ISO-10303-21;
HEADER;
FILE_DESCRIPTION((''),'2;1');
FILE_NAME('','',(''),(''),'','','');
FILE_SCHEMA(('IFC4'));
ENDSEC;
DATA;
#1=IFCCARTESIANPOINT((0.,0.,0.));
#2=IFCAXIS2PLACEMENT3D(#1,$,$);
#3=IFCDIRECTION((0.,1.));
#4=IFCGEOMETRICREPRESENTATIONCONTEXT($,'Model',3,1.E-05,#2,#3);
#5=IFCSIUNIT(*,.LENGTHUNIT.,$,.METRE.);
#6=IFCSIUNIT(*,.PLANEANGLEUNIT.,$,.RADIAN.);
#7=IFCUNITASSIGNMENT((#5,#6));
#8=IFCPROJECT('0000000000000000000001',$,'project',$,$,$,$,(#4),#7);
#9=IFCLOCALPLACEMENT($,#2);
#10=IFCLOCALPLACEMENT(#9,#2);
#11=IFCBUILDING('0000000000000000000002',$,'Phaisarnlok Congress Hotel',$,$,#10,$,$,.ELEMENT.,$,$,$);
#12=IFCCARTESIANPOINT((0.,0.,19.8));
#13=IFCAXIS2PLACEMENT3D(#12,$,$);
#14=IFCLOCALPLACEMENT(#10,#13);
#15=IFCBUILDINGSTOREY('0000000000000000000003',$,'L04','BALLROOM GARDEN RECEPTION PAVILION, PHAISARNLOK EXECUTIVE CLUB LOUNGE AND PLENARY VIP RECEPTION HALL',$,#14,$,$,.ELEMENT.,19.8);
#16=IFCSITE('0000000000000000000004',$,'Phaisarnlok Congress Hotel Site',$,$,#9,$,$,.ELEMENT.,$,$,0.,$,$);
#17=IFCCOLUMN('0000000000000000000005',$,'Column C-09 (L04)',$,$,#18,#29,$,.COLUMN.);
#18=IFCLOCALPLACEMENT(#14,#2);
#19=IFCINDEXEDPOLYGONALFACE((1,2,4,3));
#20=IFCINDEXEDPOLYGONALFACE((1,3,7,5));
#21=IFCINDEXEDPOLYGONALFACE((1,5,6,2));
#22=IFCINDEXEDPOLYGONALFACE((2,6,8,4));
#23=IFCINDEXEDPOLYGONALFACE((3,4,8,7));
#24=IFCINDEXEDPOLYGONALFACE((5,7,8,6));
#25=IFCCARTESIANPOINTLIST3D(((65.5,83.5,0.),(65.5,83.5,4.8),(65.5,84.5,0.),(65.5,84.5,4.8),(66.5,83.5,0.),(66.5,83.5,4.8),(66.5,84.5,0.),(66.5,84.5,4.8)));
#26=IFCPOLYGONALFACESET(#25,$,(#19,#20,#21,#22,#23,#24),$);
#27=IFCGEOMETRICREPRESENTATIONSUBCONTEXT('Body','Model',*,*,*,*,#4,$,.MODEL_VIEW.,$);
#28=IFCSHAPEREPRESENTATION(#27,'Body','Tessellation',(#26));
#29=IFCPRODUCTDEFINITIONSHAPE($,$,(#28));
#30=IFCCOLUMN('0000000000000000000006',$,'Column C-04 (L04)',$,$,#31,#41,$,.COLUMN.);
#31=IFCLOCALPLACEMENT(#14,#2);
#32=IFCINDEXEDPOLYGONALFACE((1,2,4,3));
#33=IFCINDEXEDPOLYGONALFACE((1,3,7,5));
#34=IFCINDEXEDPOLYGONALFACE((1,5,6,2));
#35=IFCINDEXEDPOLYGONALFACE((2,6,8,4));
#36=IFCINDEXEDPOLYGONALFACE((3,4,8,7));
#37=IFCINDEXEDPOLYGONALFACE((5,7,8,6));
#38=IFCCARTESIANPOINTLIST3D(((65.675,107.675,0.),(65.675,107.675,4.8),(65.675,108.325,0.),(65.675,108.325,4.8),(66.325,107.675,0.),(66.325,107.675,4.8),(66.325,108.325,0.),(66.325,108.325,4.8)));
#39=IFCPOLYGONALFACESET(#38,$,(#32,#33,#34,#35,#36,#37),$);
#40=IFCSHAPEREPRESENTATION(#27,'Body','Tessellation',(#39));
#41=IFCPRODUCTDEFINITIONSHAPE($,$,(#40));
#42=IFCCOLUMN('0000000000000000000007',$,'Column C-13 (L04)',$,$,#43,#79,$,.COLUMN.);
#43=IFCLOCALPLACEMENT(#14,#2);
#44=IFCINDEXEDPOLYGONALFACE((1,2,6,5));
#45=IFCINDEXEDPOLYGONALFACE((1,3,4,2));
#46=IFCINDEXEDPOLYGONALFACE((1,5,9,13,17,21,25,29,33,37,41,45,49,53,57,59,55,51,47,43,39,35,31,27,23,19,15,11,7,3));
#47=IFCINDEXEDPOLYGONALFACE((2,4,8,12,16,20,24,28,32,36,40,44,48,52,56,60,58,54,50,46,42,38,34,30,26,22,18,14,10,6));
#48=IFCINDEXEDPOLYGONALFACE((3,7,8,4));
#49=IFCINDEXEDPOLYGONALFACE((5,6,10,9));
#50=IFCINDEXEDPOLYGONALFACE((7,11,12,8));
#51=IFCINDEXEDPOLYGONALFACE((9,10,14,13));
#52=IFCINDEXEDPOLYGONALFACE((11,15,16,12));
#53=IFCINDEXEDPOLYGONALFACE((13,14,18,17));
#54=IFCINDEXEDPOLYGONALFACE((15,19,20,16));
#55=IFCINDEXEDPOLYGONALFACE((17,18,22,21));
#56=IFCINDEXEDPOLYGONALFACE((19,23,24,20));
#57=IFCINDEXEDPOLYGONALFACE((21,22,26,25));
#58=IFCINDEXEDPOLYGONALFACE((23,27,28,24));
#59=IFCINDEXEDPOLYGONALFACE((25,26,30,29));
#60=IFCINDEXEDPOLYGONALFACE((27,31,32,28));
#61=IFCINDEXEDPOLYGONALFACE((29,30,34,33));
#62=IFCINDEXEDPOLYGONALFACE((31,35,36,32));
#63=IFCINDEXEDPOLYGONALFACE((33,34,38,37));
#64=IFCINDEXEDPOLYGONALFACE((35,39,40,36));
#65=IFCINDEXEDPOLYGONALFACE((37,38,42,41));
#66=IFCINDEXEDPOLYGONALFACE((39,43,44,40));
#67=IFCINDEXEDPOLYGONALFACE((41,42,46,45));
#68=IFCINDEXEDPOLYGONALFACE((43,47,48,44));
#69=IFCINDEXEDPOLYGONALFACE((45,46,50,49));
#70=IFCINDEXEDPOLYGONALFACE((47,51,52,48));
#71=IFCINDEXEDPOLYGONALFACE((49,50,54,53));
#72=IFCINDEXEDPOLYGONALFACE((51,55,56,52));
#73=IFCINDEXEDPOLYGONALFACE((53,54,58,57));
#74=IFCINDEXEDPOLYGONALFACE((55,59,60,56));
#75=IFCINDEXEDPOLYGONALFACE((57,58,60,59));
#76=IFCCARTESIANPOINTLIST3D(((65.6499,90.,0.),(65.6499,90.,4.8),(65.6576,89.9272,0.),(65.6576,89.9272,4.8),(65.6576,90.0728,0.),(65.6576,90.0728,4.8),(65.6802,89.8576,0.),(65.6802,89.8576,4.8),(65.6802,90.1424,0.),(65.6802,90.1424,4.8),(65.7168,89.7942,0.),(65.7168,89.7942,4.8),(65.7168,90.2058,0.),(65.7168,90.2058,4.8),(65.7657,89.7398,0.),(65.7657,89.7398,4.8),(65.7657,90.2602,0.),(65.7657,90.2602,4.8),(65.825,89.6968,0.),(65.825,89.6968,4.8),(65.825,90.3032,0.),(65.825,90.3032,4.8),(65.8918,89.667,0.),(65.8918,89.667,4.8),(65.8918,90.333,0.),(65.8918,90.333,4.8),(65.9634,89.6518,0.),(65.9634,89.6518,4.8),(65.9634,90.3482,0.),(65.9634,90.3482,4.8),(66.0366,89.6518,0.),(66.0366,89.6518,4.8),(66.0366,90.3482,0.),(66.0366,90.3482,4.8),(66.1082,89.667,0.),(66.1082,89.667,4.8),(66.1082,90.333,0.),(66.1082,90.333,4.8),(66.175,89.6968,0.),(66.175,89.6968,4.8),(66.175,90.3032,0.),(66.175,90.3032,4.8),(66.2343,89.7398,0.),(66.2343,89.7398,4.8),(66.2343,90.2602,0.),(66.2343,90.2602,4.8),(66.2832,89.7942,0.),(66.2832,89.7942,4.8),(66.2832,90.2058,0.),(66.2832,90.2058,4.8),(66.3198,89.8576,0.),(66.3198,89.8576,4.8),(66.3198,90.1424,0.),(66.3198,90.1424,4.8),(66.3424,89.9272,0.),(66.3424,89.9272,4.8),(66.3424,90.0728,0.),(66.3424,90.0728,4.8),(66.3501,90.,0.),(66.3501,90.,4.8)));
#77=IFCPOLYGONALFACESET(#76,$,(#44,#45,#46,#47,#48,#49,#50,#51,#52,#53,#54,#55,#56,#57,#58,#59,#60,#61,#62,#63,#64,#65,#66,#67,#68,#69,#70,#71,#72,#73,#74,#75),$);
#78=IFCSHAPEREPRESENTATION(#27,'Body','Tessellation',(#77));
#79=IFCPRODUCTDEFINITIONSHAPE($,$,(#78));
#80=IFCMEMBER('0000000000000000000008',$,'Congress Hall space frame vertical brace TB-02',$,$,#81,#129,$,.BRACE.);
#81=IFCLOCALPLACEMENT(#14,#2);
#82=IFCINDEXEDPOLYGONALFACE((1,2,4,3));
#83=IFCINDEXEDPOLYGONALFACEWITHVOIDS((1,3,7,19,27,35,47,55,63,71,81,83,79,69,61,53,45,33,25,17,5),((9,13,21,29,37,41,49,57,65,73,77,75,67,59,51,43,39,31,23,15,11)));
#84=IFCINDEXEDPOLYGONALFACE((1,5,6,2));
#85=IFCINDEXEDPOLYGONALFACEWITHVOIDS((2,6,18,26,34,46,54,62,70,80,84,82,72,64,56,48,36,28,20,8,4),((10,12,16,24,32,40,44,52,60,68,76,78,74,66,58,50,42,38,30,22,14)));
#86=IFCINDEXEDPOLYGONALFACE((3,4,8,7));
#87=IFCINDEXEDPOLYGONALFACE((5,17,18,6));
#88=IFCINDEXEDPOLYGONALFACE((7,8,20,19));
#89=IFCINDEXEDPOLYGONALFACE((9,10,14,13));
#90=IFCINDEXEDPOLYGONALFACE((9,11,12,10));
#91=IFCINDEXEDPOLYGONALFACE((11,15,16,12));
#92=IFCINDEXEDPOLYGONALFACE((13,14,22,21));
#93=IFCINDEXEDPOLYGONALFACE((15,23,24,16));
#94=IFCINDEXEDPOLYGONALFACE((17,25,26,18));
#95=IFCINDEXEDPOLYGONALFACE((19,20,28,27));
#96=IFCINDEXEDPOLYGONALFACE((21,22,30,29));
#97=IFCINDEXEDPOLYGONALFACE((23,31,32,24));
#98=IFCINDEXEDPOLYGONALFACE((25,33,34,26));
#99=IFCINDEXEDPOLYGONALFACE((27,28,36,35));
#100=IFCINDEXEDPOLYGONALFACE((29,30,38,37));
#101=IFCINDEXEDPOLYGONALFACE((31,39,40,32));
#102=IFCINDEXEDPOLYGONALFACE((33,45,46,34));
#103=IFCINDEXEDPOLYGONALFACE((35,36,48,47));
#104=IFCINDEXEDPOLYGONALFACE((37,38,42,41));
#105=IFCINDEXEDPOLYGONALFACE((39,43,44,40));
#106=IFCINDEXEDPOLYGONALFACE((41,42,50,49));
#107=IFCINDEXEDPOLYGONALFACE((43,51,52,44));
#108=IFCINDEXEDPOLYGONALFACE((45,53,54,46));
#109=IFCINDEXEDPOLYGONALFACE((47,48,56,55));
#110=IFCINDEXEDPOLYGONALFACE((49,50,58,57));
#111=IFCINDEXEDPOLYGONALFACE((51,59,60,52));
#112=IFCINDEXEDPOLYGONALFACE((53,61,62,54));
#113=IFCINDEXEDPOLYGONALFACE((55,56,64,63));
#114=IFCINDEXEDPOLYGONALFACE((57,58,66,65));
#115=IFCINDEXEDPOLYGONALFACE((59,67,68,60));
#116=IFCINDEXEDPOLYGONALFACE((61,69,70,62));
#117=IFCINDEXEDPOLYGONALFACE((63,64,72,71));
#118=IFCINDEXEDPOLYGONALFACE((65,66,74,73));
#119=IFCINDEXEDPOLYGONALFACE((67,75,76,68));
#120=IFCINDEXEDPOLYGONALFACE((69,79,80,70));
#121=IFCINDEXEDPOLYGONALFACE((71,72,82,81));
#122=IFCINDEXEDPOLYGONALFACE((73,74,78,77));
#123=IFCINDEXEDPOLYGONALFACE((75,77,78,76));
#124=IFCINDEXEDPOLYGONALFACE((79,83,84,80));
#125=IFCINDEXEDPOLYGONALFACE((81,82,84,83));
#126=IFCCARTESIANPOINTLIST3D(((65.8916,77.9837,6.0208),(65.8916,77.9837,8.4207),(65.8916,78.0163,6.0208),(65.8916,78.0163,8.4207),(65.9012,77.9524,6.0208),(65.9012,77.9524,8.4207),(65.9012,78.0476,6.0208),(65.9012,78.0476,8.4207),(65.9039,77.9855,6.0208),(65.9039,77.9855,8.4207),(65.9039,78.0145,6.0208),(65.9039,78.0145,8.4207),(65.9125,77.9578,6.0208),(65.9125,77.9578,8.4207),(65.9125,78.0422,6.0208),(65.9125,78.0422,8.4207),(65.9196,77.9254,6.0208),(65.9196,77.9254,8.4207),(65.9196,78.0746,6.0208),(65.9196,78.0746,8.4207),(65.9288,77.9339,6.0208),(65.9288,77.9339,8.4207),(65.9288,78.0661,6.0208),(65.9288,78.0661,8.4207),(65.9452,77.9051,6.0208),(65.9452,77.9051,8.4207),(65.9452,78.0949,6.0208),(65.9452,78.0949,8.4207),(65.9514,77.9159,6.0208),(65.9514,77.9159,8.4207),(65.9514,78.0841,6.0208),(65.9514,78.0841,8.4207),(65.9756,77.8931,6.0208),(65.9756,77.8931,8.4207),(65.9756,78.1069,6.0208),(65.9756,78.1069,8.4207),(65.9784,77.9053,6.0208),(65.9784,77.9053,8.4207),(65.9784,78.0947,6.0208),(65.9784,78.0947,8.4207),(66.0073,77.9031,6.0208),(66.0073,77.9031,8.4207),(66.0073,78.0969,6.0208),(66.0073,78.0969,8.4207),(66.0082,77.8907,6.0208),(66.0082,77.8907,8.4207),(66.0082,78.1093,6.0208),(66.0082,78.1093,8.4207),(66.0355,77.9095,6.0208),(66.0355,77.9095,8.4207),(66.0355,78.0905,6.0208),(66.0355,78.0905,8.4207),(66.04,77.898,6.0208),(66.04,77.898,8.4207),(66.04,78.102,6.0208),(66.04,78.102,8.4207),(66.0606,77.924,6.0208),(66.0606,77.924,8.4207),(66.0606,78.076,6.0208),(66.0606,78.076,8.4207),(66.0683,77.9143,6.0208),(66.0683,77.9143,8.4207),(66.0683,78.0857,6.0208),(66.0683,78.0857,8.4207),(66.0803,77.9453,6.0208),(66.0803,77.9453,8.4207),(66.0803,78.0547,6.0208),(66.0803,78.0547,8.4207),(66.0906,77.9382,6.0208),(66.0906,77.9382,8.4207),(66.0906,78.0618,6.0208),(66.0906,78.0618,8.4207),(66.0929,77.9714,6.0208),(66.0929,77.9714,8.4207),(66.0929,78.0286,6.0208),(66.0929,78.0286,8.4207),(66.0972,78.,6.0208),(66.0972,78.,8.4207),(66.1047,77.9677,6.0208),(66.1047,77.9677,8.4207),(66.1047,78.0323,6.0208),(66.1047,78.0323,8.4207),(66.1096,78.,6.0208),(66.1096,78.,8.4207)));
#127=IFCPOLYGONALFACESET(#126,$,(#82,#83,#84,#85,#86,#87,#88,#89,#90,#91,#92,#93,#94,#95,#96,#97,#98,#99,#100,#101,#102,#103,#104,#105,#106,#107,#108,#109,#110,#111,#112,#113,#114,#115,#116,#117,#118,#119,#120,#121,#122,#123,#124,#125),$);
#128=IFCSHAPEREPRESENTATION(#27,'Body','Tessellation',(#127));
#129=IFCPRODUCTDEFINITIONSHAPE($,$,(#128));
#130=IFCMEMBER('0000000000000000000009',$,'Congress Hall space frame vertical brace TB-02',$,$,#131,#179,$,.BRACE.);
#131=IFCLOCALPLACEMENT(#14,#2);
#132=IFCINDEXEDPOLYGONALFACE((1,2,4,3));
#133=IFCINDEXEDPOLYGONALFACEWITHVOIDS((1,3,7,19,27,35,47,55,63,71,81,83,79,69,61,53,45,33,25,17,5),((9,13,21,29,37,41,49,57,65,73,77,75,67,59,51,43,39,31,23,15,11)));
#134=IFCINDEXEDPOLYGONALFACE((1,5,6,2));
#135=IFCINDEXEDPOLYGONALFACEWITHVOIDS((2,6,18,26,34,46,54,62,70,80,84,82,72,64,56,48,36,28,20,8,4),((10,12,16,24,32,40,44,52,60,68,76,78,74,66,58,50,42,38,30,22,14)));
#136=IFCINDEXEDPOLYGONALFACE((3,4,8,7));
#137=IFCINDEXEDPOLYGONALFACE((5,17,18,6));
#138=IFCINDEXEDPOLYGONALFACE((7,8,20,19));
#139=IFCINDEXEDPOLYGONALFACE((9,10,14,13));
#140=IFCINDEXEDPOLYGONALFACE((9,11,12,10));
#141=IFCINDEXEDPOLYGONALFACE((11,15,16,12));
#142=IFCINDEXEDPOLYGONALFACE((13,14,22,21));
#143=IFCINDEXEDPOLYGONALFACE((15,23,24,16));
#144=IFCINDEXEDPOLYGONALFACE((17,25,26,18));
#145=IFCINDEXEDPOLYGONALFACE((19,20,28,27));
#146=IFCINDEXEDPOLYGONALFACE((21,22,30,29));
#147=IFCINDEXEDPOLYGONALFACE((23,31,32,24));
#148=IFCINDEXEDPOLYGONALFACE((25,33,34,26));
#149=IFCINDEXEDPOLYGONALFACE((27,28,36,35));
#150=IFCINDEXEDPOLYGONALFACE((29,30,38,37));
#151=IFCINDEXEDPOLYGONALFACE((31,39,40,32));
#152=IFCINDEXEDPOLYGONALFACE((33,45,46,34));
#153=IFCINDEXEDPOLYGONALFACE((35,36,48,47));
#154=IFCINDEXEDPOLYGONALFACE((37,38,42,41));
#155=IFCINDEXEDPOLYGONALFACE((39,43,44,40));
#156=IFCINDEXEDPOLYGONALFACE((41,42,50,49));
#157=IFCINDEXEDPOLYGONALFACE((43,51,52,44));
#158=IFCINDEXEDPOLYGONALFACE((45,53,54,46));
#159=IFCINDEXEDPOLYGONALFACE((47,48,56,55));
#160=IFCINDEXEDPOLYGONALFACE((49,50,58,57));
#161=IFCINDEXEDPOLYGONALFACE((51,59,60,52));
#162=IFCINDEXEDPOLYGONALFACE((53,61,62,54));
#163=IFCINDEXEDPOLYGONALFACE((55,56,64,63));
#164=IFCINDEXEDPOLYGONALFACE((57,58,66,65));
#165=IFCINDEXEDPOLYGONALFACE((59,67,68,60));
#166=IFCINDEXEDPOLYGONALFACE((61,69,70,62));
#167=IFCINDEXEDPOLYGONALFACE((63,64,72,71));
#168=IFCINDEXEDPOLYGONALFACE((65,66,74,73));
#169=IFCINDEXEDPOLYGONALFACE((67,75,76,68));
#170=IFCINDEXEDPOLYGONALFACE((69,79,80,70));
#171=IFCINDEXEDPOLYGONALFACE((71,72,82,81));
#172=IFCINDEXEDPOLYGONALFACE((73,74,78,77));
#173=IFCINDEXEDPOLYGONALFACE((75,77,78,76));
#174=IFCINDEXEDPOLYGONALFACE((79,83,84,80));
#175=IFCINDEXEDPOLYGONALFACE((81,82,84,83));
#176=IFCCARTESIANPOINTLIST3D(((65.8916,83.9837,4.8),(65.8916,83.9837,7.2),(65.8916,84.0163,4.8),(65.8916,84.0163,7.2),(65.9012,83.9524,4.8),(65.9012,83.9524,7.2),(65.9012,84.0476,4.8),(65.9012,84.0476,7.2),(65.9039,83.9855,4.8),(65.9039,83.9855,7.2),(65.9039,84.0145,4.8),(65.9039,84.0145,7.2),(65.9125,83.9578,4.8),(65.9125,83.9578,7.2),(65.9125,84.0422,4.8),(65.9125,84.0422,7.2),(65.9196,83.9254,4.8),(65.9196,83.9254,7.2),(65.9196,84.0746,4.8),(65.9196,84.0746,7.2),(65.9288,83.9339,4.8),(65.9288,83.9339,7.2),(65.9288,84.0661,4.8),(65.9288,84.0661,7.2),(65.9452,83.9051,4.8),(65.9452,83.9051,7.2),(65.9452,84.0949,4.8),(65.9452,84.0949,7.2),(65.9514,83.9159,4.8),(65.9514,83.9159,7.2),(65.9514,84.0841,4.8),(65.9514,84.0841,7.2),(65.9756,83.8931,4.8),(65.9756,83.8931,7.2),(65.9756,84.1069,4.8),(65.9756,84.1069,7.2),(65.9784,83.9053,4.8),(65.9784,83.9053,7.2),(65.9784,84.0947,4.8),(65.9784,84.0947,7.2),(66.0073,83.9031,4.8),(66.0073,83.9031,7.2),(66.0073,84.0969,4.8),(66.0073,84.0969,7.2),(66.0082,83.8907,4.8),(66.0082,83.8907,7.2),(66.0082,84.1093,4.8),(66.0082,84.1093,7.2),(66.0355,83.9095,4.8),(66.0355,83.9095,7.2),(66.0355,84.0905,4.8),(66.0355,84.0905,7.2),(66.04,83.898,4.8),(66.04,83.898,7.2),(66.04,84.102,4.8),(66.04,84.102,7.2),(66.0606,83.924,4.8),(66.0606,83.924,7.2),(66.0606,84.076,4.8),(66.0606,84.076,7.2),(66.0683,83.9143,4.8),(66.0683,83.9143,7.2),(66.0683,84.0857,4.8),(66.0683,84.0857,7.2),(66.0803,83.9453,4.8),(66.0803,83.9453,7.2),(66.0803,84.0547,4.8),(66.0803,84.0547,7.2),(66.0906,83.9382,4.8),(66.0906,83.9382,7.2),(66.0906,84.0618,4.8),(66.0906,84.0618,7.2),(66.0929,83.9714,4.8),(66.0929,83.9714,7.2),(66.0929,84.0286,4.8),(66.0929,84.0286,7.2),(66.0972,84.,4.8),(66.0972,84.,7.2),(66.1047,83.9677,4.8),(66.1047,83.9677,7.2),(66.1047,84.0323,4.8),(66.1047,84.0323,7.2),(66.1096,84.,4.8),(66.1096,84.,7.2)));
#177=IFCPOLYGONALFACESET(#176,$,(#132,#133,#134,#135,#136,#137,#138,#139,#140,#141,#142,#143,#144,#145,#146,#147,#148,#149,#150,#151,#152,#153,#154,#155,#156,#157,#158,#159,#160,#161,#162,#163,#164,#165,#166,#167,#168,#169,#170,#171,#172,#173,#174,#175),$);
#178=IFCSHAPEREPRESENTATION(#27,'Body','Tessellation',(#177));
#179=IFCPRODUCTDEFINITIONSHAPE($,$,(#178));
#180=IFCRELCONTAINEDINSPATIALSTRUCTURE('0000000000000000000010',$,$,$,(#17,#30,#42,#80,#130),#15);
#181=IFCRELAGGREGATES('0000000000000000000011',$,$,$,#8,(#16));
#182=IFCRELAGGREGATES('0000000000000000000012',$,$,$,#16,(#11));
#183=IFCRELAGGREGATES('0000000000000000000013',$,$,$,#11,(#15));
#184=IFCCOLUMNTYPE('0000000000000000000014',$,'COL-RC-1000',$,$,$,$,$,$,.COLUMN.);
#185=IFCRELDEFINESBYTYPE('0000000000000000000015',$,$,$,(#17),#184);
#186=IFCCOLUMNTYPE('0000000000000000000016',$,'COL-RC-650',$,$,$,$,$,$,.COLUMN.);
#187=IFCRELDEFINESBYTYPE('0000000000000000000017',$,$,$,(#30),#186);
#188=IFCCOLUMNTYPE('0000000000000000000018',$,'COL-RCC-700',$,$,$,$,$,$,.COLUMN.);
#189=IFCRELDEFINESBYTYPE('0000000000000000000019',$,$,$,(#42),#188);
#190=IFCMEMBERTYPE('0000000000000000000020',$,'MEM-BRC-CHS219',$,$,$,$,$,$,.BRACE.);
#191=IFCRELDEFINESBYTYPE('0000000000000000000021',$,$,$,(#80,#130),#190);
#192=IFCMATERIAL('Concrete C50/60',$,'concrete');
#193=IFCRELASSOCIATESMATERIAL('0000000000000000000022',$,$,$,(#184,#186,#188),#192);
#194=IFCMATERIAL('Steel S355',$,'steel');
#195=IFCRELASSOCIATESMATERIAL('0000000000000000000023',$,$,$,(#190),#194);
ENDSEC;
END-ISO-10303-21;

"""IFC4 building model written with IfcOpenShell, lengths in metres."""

from ifc_helpers import new_model, si_unit, direction, frame, origin, origin_2d, place, context, subcontext, project, spatial, rectangle, circle, hollow_circle, extrude, material, material_profile, profile_set, type_object, element, save


model = new_model("IFC4")

# Units and contexts
model_context = context("Model", 3, precision=1e-05, world=origin(), true_north=direction((0.0, 1.0)))
body_context = subcontext(model_context, "Body", "Model", "MODEL_VIEW")
ifc_project = project(units=[si_unit("LENGTHUNIT", "METRE"), si_unit("PLANEANGLEUNIT", "RADIAN")], contexts=[model_context])

# Site, building, storey
site_placement = place(None, origin())
site = spatial("IfcSite", under=ifc_project, at=site_placement, Name="Phaisarnlok Congress Hotel Site", CompositionType="ELEMENT", RefElevation=0.0)
building_placement = place(site_placement, origin())
building = spatial("IfcBuilding", under=site, at=building_placement, Name="Phaisarnlok Congress Hotel", CompositionType="ELEMENT")
storey_placement = place(building_placement, frame((0.0, 0.0, 19.8)))
storey = spatial("IfcBuildingStorey", under=building, at=storey_placement, Name="L04", Description="BALLROOM GARDEN RECEPTION PAVILION, PHAISARNLOK EXECUTIVE CLUB LOUNGE AND PLENARY VIP RECEPTION HALL", CompositionType="ELEMENT", Elevation=19.8)

# Columns
ifc_material_1 = material(Name="Concrete C50/60", Category="concrete")
ifc_material_profile_1 = material_profile(ifc_material_1, rectangle(XDim=1.0, YDim=1.0, at=origin_2d()), Name="RC 1000x1000")
ifc_profile_set_1 = profile_set([ifc_material_profile_1], Name="Concrete C50/60")
column_type_1 = type_object("IfcColumnType", Name="COL-RC-1000", PredefinedType="COLUMN", material=ifc_profile_set_1)
column_1_placement = place(storey_placement, frame((66.0, 84.0, 0.0), z_axis=(0.0, 0.0, 1.0), x_axis=(1.0, 0.0, 0.0)))
element("IfcColumn", 1, at=column_1_placement, inside=storey, type_object=column_type_1, Name="Column C-09 (L04)", PredefinedType="COLUMN", context=body_context, shape_type="SweptSolid", body=[
    extrude(rectangle(XDim=1.0, YDim=1.0, at=origin_2d()), origin(), (0.0, 0.0, 1.0), 4.8),
])
ifc_material_profile_2 = material_profile(ifc_material_1, rectangle(XDim=0.6499, YDim=0.6499, at=origin_2d()), Name="RC 650x650")
ifc_profile_set_2 = profile_set([ifc_material_profile_2], Name="Concrete C50/60")
column_type_2 = type_object("IfcColumnType", Name="COL-RC-650", PredefinedType="COLUMN", material=ifc_profile_set_2)
column_2_placement = place(storey_placement, frame((66.0, 108.0, 0.0), z_axis=(0.0, 0.0, 1.0), x_axis=(1.0, 0.0, 0.0)))
element("IfcColumn", 2, at=column_2_placement, inside=storey, type_object=column_type_2, Name="Column C-04 (L04)", PredefinedType="COLUMN", context=body_context, shape_type="SweptSolid", body=[
    extrude(rectangle(XDim=0.6499, YDim=0.6499, at=origin_2d()), origin(), (0.0, 0.0, 1.0), 4.8),
])
ifc_material_profile_3 = material_profile(ifc_material_1, circle(Radius=0.3501, at=origin_2d()), Name="RCC D700")
ifc_profile_set_3 = profile_set([ifc_material_profile_3], Name="Concrete C50/60")
column_type_3 = type_object("IfcColumnType", Name="COL-RCC-700", PredefinedType="COLUMN", material=ifc_profile_set_3)
column_3_placement = place(storey_placement, frame((66.0, 90.0, 0.0), z_axis=(0.0, 0.0, 1.0), x_axis=(1.0, 0.0, 0.0)))
element("IfcColumn", 3, at=column_3_placement, inside=storey, type_object=column_type_3, Name="Column C-13 (L04)", PredefinedType="COLUMN", context=body_context, shape_type="SweptSolid", body=[
    extrude(circle(Radius=0.3501, at=origin_2d()), origin(), (0.0, 0.0, 1.0), 4.8),
])

# Members
ifc_material_2 = material(Name="Steel S355", Category="steel")
ifc_material_profile_4 = material_profile(ifc_material_2, hollow_circle(Radius=0.1096, WallThickness=0.0125, at=origin_2d()), Name="CHS 219.1x12.5")
ifc_profile_set_4 = profile_set([ifc_material_profile_4], Name="Steel S355")
member_type_1 = type_object("IfcMemberType", Name="MEM-BRC-CHS219", PredefinedType="BRACE", material=ifc_profile_set_4)
for number, where, z_axis, x_axis, name in (
    (4, (66.0, 78.0, 6.0208), (0.0, 0.0, 1.0), (1.0, 0.0, 0.0), "Congress Hall space frame vertical brace TB-02"),
    (5, (66.0, 84.0, 4.8), (0.0, 0.0, 1.0), (1.0, 0.0, 0.0), "Congress Hall space frame vertical brace TB-02"),
):
    element("IfcMember", number, at=place(storey_placement, frame(where, z_axis=z_axis, x_axis=x_axis)), inside=storey, type_object=member_type_1, Name=name, PredefinedType="BRACE", context=body_context, shape_type="SweptSolid", body=[
        extrude(hollow_circle(Radius=0.1096, WallThickness=0.0125, at=origin_2d()), origin(), (0.0, 0.0, 1.0), 2.3999),
    ])

save(model, "model.ifc")
